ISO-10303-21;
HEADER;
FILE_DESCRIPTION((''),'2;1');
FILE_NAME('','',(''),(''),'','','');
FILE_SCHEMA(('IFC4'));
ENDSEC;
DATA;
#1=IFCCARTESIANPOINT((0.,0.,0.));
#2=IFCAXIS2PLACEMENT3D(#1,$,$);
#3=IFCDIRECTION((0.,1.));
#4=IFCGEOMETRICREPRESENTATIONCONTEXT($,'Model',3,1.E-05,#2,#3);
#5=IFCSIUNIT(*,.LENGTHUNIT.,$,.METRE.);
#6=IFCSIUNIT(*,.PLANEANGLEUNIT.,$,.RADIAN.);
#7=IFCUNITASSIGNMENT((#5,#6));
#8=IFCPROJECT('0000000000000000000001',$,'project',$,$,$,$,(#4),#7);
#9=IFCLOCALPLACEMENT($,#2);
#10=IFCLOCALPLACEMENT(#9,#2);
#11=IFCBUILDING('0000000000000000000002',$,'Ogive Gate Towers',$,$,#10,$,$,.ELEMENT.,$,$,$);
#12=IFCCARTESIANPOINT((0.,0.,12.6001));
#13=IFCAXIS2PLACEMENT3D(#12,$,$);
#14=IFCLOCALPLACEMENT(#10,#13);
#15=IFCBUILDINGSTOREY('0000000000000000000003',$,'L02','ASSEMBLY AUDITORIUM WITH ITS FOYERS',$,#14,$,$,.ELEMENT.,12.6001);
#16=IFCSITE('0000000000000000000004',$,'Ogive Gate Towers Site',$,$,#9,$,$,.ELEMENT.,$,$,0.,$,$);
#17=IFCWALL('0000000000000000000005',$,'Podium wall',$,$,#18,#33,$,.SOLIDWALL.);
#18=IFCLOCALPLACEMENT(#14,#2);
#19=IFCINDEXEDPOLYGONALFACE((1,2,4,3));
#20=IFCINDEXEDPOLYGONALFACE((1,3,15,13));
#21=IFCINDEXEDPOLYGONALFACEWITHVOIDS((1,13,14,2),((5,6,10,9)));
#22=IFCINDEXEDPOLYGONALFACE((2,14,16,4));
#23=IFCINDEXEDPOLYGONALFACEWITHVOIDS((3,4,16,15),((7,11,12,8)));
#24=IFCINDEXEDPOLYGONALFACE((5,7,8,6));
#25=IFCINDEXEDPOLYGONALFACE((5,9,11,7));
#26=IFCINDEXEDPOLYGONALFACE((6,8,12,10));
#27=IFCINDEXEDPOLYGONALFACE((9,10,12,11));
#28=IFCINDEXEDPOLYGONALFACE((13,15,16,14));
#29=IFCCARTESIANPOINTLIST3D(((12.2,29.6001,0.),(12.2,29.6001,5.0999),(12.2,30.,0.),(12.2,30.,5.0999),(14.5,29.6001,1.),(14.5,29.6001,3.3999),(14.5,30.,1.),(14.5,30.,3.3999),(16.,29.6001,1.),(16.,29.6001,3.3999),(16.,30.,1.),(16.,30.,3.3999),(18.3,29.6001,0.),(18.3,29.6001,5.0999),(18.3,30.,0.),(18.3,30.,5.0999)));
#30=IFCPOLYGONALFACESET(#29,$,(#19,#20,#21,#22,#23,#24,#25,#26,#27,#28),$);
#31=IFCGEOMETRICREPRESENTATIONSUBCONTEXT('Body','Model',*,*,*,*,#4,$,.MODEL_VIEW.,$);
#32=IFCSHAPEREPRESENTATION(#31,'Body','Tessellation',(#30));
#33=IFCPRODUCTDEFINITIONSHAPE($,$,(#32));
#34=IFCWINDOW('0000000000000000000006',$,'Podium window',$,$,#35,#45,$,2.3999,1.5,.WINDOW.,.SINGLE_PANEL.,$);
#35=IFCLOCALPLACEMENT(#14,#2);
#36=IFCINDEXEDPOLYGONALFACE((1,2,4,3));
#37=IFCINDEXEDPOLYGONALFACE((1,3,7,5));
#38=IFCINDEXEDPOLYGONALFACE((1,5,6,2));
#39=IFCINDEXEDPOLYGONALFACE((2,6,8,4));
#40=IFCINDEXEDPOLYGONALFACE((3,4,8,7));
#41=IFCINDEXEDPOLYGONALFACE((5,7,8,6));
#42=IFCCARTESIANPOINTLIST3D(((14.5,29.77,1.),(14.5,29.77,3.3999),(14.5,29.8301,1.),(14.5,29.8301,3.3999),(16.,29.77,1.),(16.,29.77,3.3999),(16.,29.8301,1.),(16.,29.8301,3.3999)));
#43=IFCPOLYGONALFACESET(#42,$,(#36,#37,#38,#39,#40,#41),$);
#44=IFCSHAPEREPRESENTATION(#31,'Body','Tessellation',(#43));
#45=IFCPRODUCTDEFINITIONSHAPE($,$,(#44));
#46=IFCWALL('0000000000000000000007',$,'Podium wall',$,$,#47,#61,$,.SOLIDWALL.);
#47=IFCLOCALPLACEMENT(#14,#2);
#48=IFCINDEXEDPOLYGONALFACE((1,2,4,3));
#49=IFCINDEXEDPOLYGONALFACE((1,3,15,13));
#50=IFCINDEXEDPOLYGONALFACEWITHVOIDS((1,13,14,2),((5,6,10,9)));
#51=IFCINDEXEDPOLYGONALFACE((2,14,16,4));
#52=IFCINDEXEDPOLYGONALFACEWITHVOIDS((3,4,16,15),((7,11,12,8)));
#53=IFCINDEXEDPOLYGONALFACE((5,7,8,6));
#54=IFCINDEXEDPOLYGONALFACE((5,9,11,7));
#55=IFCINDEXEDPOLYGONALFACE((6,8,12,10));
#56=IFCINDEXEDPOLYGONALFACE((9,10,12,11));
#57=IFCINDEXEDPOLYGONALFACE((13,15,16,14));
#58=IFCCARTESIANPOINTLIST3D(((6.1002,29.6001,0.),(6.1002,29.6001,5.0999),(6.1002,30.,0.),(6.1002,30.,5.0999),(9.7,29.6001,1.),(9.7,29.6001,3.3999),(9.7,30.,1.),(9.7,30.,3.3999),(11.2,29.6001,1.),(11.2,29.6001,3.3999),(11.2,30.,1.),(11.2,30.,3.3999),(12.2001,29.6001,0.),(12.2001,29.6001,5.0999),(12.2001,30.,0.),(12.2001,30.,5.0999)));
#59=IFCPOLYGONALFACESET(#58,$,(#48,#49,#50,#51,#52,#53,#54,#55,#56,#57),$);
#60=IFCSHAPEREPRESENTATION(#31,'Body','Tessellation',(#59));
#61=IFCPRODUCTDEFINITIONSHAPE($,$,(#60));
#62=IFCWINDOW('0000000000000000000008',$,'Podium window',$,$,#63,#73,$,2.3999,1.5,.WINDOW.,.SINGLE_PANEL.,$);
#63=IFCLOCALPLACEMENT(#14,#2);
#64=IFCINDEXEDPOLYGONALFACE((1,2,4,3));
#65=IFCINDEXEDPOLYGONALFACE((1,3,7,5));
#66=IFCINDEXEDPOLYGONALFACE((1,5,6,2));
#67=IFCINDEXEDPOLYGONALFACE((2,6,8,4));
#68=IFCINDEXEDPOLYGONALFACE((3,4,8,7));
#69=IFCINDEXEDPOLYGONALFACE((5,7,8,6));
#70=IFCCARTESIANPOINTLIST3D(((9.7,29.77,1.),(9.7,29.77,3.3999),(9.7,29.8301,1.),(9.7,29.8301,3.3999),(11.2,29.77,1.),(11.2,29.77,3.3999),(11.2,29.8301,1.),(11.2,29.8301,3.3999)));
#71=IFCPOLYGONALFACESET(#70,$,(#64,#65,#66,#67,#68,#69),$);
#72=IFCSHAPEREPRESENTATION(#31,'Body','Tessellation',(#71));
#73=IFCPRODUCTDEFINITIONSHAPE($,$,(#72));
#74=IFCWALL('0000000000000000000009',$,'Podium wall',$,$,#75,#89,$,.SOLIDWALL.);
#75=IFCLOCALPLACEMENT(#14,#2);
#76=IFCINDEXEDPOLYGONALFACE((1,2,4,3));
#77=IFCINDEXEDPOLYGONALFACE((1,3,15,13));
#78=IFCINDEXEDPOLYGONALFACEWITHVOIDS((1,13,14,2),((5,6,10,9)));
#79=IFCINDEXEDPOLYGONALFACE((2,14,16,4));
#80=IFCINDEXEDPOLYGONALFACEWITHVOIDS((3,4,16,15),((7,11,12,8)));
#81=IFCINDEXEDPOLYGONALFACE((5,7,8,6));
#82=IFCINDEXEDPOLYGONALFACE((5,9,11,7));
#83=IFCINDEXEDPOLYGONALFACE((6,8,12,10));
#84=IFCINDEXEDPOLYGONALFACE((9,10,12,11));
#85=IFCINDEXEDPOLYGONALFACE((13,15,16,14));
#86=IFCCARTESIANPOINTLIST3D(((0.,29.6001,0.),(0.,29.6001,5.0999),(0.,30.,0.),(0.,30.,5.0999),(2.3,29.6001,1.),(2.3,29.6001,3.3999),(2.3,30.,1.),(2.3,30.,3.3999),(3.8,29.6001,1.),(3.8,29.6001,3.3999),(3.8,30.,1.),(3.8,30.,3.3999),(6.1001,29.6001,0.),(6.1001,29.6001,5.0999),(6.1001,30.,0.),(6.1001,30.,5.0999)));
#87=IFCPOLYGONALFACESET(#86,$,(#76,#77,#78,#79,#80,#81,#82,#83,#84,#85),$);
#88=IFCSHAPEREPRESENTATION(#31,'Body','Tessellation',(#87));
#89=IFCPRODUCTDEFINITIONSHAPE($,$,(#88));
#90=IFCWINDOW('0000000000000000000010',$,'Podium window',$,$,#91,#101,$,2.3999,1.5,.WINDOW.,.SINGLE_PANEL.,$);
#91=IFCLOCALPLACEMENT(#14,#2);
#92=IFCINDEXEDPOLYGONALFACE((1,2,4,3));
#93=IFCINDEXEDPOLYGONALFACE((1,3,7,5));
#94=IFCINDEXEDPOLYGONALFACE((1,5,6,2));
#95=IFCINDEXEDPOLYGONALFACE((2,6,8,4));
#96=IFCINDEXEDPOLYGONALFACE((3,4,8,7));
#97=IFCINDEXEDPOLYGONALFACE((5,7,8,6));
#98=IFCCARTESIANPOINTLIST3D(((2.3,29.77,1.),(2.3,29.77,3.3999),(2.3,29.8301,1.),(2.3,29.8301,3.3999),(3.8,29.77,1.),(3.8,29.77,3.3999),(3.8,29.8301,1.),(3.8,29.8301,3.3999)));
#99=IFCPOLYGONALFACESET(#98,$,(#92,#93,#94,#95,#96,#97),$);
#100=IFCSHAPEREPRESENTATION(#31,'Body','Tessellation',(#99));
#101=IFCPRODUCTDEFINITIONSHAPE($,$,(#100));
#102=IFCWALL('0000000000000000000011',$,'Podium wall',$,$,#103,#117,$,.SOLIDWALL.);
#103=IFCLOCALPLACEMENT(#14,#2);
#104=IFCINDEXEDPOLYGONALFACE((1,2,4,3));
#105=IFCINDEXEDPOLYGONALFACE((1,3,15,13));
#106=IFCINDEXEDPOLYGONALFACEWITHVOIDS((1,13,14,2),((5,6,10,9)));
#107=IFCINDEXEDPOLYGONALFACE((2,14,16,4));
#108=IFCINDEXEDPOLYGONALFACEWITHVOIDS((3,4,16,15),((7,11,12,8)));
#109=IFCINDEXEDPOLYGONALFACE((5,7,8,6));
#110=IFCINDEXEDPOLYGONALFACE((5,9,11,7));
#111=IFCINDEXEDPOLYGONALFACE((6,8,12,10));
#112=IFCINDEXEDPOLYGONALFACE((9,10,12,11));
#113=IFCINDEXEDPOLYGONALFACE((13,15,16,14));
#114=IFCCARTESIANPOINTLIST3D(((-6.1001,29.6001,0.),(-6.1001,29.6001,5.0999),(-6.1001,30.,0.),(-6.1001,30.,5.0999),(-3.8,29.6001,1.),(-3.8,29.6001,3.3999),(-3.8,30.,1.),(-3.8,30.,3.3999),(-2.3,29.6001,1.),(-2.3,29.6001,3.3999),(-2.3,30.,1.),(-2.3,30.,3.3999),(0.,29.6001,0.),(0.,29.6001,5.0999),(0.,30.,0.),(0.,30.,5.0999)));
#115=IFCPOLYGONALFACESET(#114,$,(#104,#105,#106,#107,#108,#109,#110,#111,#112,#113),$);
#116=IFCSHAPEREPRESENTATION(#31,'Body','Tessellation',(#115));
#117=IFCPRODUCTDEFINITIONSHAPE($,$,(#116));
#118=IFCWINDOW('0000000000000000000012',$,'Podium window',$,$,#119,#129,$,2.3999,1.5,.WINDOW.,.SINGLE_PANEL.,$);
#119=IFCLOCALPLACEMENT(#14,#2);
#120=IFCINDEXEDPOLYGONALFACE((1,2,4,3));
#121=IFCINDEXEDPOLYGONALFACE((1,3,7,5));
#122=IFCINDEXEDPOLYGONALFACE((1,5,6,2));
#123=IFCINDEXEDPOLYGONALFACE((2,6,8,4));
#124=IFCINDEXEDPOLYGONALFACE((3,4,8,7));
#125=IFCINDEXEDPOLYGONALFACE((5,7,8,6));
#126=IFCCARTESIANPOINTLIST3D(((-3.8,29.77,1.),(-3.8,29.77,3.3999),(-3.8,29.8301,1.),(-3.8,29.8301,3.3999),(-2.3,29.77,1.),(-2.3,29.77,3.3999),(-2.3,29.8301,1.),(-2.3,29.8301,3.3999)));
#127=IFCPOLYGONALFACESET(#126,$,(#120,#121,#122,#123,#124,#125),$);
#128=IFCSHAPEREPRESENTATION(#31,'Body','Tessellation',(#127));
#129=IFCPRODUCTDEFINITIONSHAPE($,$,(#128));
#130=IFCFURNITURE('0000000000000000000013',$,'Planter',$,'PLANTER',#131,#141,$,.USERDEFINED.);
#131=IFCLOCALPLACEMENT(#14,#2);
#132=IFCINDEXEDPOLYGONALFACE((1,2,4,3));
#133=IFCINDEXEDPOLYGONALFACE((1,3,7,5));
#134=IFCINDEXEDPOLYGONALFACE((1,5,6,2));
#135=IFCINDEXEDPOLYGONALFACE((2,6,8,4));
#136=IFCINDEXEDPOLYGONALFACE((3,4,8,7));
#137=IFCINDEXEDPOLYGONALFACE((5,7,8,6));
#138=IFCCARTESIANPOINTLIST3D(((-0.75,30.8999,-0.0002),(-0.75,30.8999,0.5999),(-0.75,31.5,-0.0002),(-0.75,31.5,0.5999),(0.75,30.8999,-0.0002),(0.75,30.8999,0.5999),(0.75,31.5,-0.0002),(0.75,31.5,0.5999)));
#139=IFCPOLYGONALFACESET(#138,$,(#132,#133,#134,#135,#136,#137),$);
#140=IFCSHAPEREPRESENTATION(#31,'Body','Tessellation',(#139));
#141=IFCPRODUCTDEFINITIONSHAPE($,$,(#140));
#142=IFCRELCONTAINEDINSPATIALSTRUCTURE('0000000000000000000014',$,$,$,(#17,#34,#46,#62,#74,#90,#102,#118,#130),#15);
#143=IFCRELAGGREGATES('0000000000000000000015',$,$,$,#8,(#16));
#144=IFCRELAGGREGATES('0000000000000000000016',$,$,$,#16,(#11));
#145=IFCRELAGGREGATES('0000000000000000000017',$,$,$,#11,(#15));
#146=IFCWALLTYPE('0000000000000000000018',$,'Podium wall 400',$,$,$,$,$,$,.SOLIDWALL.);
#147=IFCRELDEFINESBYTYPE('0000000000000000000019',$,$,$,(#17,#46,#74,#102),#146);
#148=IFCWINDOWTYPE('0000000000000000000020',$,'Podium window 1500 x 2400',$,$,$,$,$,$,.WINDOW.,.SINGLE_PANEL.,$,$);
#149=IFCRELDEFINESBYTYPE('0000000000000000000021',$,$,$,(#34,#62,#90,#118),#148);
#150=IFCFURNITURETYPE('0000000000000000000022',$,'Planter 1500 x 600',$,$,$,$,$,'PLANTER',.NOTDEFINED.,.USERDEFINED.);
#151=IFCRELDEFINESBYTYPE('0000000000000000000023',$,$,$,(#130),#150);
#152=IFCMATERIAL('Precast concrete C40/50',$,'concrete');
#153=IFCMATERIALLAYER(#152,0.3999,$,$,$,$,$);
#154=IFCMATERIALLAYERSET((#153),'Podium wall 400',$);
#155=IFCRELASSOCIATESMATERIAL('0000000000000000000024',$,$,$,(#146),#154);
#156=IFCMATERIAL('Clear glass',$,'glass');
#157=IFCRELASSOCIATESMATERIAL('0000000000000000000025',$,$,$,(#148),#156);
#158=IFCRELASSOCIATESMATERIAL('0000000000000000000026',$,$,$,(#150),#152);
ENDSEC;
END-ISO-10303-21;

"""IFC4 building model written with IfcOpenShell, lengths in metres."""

from ifc_helpers import new_model, si_unit, direction, frame, frame_2d, origin, origin_2d, place, context, subcontext, project, spatial, rectangle, extrude, material, layer, layer_set, type_object, element, fill, save


model = new_model("IFC4")

# Units and contexts
model_context = context("Model", 3, precision=1e-05, world=origin(), true_north=direction((0.0, 1.0)))
body_context = subcontext(model_context, "Body", "Model", "MODEL_VIEW")
ifc_project = project(units=[si_unit("LENGTHUNIT", "METRE"), si_unit("PLANEANGLEUNIT", "RADIAN")], contexts=[model_context])

# Site, building, storey
site_placement = place(None, origin())
site = spatial("IfcSite", under=ifc_project, at=site_placement, Name="Ogive Gate Towers Site", CompositionType="ELEMENT", RefElevation=0.0)
building_placement = place(site_placement, origin())
building = spatial("IfcBuilding", under=site, at=building_placement, Name="Ogive Gate Towers", CompositionType="ELEMENT")
storey_placement = place(building_placement, frame((0.0, 0.0, 12.6001)))
storey = spatial("IfcBuildingStorey", under=building, at=storey_placement, Name="L02", Description="ASSEMBLY AUDITORIUM WITH ITS FOYERS", CompositionType="ELEMENT", Elevation=12.6001)

# Walls, openings, windows
ifc_material_1 = material(Name="Precast concrete C40/50", Category="concrete")
ifc_layer = layer(ifc_material_1, 0.3999)
ifc_layer_set = layer_set([ifc_layer], Name="Podium wall 400")
wall_type = type_object("IfcWallType", Name="Podium wall 400", PredefinedType="SOLIDWALL", material=ifc_layer_set)
wall_1_placement = place(storey_placement, frame((18.3, 29.8, 0.0), z_axis=(0.0, 0.0, 1.0), x_axis=(-1.0, 0.0, 0.0)))
wall_1 = element("IfcWall", 1, at=wall_1_placement, inside=storey, type_object=wall_type, Name="Podium wall", PredefinedType="SOLIDWALL", context=body_context, shape_type="SweptSolid", body=[
    extrude(rectangle(XDim=6.1001, YDim=0.3999, at=frame_2d((3.05, 0.0))), origin(), (0.0, 0.0, 1.0), 5.0999),
])
opening_1_placement = place(wall_1_placement, frame((2.3, 0.0, 1.0)))
opening_1 = element("IfcOpeningElement", 2, at=opening_1_placement, cuts=wall_1, PredefinedType="OPENING", context=body_context, shape_type="SweptSolid", body=[
    extrude(rectangle(XDim=1.5, YDim=2.3999, at=frame_2d((0.75, 1.2))), frame((0.0, 0.21, 0.0), z_axis=(0.0, -1.0, 0.0), x_axis=(1.0, 0.0, 0.0)), (0.0, 0.0, 1.0), 0.4199),
])
ifc_material_2 = material(Name="Clear glass", Category="glass")
window_type = type_object("IfcWindowType", Name="Podium window 1500 x 2400", PartitioningType="SINGLE_PANEL", PredefinedType="WINDOW", material=ifc_material_2)
window_1_placement = place(opening_1_placement, origin())
window_1 = element("IfcWindow", 3, at=window_1_placement, inside=storey, type_object=window_type, Name="Podium window", OverallHeight=2.3999, OverallWidth=1.5, PartitioningType="SINGLE_PANEL", PredefinedType="WINDOW", context=body_context, shape_type="SweptSolid", body=[
    extrude(rectangle(XDim=1.5, YDim=2.3999, at=frame_2d((0.75, 1.2))), frame((0.0, 0.03, 0.0), z_axis=(0.0, -1.0, 0.0), x_axis=(1.0, 0.0, 0.0)), (0.0, 0.0, 1.0), 0.0601),
])
fill(opening_1, window_1)
wall_2_placement = place(storey_placement, frame((12.2, 29.8, 0.0), z_axis=(0.0, 0.0, 1.0), x_axis=(-1.0, 0.0, 0.0)))
wall_2 = element("IfcWall", 4, at=wall_2_placement, inside=storey, type_object=wall_type, Name="Podium wall", PredefinedType="SOLIDWALL", context=body_context, shape_type="SweptSolid", body=[
    extrude(rectangle(XDim=6.0999, YDim=0.3999, at=frame_2d((3.0498, 0.0))), origin(), (0.0, 0.0, 1.0), 5.0999),
])
opening_2_placement = place(wall_2_placement, frame((1.0, 0.0, 1.0)))
opening_2 = element("IfcOpeningElement", 5, at=opening_2_placement, cuts=wall_2, PredefinedType="OPENING", context=body_context, shape_type="SweptSolid", body=[
    extrude(rectangle(XDim=1.5, YDim=2.3999, at=frame_2d((0.75, 1.2))), frame((0.0, 0.21, 0.0), z_axis=(0.0, -1.0, 0.0), x_axis=(1.0, 0.0, 0.0)), (0.0, 0.0, 1.0), 0.4199),
])
window_2_placement = place(opening_2_placement, origin())
window_2 = element("IfcWindow", 6, at=window_2_placement, inside=storey, type_object=window_type, Name="Podium window", OverallHeight=2.3999, OverallWidth=1.5, PartitioningType="SINGLE_PANEL", PredefinedType="WINDOW", context=body_context, shape_type="SweptSolid", body=[
    extrude(rectangle(XDim=1.5, YDim=2.3999, at=frame_2d((0.75, 1.2))), frame((0.0, 0.03, 0.0), z_axis=(0.0, -1.0, 0.0), x_axis=(1.0, 0.0, 0.0)), (0.0, 0.0, 1.0), 0.0601),
])
fill(opening_2, window_2)
wall_3_placement = place(storey_placement, frame((6.1001, 29.8, 0.0), z_axis=(0.0, 0.0, 1.0), x_axis=(-1.0, 0.0, 0.0)))
wall_3 = element("IfcWall", 7, at=wall_3_placement, inside=storey, type_object=wall_type, Name="Podium wall", PredefinedType="SOLIDWALL", context=body_context, shape_type="SweptSolid", body=[
    extrude(rectangle(XDim=6.1001, YDim=0.3999, at=frame_2d((3.05, 0.0))), origin(), (0.0, 0.0, 1.0), 5.0999),
])
opening_3_placement = place(wall_3_placement, frame((2.3, 0.0, 1.0)))
opening_3 = element("IfcOpeningElement", 8, at=opening_3_placement, cuts=wall_3, PredefinedType="OPENING", context=body_context, shape_type="SweptSolid", body=[
    extrude(rectangle(XDim=1.5, YDim=2.3999, at=frame_2d((0.75, 1.2))), frame((0.0, 0.21, 0.0), z_axis=(0.0, -1.0, 0.0), x_axis=(1.0, 0.0, 0.0)), (0.0, 0.0, 1.0), 0.4199),
])
window_3_placement = place(opening_3_placement, origin())
window_3 = element("IfcWindow", 9, at=window_3_placement, inside=storey, type_object=window_type, Name="Podium window", OverallHeight=2.3999, OverallWidth=1.5, PartitioningType="SINGLE_PANEL", PredefinedType="WINDOW", context=body_context, shape_type="SweptSolid", body=[
    extrude(rectangle(XDim=1.5, YDim=2.3999, at=frame_2d((0.75, 1.2))), frame((0.0, 0.03, 0.0), z_axis=(0.0, -1.0, 0.0), x_axis=(1.0, 0.0, 0.0)), (0.0, 0.0, 1.0), 0.0601),
])
fill(opening_3, window_3)
wall_4_placement = place(storey_placement, frame((0.0, 29.8, 0.0), z_axis=(0.0, 0.0, 1.0), x_axis=(-1.0, 0.0, 0.0)))
wall_4 = element("IfcWall", 10, at=wall_4_placement, inside=storey, type_object=wall_type, Name="Podium wall", PredefinedType="SOLIDWALL", context=body_context, shape_type="SweptSolid", body=[
    extrude(rectangle(XDim=6.1001, YDim=0.3999, at=frame_2d((3.05, 0.0))), origin(), (0.0, 0.0, 1.0), 5.0999),
])
opening_4_placement = place(wall_4_placement, frame((2.3, 0.0, 1.0)))
opening_4 = element("IfcOpeningElement", 11, at=opening_4_placement, cuts=wall_4, PredefinedType="OPENING", context=body_context, shape_type="SweptSolid", body=[
    extrude(rectangle(XDim=1.5, YDim=2.3999, at=frame_2d((0.75, 1.2))), frame((0.0, 0.21, 0.0), z_axis=(0.0, -1.0, 0.0), x_axis=(1.0, 0.0, 0.0)), (0.0, 0.0, 1.0), 0.4199),
])
window_4_placement = place(opening_4_placement, origin())
window_4 = element("IfcWindow", 12, at=window_4_placement, inside=storey, type_object=window_type, Name="Podium window", OverallHeight=2.3999, OverallWidth=1.5, PartitioningType="SINGLE_PANEL", PredefinedType="WINDOW", context=body_context, shape_type="SweptSolid", body=[
    extrude(rectangle(XDim=1.5, YDim=2.3999, at=frame_2d((0.75, 1.2))), frame((0.0, 0.03, 0.0), z_axis=(0.0, -1.0, 0.0), x_axis=(1.0, 0.0, 0.0)), (0.0, 0.0, 1.0), 0.0601),
])
fill(opening_4, window_4)

# Furniture
furniture_type = type_object("IfcFurnitureType", Name="Planter 1500 x 600", ElementType="PLANTER", AssemblyPlace="NOTDEFINED", PredefinedType="USERDEFINED", material=ifc_material_1)
furniture_placement = place(storey_placement, frame((0.0, 31.2, -0.0002), z_axis=(0.0, 0.0, 1.0), x_axis=(-1.0, 0.0, 0.0)))
element("IfcFurniture", 13, at=furniture_placement, inside=storey, type_object=furniture_type, Name="Planter", ObjectType="PLANTER", PredefinedType="USERDEFINED", context=body_context, shape_type="SweptSolid", body=[
    extrude(rectangle(XDim=1.5, YDim=0.6001, at=origin_2d()), origin(), (0.0, 0.0, 1.0), 0.6001),
])

save(model, "model.ifc")
